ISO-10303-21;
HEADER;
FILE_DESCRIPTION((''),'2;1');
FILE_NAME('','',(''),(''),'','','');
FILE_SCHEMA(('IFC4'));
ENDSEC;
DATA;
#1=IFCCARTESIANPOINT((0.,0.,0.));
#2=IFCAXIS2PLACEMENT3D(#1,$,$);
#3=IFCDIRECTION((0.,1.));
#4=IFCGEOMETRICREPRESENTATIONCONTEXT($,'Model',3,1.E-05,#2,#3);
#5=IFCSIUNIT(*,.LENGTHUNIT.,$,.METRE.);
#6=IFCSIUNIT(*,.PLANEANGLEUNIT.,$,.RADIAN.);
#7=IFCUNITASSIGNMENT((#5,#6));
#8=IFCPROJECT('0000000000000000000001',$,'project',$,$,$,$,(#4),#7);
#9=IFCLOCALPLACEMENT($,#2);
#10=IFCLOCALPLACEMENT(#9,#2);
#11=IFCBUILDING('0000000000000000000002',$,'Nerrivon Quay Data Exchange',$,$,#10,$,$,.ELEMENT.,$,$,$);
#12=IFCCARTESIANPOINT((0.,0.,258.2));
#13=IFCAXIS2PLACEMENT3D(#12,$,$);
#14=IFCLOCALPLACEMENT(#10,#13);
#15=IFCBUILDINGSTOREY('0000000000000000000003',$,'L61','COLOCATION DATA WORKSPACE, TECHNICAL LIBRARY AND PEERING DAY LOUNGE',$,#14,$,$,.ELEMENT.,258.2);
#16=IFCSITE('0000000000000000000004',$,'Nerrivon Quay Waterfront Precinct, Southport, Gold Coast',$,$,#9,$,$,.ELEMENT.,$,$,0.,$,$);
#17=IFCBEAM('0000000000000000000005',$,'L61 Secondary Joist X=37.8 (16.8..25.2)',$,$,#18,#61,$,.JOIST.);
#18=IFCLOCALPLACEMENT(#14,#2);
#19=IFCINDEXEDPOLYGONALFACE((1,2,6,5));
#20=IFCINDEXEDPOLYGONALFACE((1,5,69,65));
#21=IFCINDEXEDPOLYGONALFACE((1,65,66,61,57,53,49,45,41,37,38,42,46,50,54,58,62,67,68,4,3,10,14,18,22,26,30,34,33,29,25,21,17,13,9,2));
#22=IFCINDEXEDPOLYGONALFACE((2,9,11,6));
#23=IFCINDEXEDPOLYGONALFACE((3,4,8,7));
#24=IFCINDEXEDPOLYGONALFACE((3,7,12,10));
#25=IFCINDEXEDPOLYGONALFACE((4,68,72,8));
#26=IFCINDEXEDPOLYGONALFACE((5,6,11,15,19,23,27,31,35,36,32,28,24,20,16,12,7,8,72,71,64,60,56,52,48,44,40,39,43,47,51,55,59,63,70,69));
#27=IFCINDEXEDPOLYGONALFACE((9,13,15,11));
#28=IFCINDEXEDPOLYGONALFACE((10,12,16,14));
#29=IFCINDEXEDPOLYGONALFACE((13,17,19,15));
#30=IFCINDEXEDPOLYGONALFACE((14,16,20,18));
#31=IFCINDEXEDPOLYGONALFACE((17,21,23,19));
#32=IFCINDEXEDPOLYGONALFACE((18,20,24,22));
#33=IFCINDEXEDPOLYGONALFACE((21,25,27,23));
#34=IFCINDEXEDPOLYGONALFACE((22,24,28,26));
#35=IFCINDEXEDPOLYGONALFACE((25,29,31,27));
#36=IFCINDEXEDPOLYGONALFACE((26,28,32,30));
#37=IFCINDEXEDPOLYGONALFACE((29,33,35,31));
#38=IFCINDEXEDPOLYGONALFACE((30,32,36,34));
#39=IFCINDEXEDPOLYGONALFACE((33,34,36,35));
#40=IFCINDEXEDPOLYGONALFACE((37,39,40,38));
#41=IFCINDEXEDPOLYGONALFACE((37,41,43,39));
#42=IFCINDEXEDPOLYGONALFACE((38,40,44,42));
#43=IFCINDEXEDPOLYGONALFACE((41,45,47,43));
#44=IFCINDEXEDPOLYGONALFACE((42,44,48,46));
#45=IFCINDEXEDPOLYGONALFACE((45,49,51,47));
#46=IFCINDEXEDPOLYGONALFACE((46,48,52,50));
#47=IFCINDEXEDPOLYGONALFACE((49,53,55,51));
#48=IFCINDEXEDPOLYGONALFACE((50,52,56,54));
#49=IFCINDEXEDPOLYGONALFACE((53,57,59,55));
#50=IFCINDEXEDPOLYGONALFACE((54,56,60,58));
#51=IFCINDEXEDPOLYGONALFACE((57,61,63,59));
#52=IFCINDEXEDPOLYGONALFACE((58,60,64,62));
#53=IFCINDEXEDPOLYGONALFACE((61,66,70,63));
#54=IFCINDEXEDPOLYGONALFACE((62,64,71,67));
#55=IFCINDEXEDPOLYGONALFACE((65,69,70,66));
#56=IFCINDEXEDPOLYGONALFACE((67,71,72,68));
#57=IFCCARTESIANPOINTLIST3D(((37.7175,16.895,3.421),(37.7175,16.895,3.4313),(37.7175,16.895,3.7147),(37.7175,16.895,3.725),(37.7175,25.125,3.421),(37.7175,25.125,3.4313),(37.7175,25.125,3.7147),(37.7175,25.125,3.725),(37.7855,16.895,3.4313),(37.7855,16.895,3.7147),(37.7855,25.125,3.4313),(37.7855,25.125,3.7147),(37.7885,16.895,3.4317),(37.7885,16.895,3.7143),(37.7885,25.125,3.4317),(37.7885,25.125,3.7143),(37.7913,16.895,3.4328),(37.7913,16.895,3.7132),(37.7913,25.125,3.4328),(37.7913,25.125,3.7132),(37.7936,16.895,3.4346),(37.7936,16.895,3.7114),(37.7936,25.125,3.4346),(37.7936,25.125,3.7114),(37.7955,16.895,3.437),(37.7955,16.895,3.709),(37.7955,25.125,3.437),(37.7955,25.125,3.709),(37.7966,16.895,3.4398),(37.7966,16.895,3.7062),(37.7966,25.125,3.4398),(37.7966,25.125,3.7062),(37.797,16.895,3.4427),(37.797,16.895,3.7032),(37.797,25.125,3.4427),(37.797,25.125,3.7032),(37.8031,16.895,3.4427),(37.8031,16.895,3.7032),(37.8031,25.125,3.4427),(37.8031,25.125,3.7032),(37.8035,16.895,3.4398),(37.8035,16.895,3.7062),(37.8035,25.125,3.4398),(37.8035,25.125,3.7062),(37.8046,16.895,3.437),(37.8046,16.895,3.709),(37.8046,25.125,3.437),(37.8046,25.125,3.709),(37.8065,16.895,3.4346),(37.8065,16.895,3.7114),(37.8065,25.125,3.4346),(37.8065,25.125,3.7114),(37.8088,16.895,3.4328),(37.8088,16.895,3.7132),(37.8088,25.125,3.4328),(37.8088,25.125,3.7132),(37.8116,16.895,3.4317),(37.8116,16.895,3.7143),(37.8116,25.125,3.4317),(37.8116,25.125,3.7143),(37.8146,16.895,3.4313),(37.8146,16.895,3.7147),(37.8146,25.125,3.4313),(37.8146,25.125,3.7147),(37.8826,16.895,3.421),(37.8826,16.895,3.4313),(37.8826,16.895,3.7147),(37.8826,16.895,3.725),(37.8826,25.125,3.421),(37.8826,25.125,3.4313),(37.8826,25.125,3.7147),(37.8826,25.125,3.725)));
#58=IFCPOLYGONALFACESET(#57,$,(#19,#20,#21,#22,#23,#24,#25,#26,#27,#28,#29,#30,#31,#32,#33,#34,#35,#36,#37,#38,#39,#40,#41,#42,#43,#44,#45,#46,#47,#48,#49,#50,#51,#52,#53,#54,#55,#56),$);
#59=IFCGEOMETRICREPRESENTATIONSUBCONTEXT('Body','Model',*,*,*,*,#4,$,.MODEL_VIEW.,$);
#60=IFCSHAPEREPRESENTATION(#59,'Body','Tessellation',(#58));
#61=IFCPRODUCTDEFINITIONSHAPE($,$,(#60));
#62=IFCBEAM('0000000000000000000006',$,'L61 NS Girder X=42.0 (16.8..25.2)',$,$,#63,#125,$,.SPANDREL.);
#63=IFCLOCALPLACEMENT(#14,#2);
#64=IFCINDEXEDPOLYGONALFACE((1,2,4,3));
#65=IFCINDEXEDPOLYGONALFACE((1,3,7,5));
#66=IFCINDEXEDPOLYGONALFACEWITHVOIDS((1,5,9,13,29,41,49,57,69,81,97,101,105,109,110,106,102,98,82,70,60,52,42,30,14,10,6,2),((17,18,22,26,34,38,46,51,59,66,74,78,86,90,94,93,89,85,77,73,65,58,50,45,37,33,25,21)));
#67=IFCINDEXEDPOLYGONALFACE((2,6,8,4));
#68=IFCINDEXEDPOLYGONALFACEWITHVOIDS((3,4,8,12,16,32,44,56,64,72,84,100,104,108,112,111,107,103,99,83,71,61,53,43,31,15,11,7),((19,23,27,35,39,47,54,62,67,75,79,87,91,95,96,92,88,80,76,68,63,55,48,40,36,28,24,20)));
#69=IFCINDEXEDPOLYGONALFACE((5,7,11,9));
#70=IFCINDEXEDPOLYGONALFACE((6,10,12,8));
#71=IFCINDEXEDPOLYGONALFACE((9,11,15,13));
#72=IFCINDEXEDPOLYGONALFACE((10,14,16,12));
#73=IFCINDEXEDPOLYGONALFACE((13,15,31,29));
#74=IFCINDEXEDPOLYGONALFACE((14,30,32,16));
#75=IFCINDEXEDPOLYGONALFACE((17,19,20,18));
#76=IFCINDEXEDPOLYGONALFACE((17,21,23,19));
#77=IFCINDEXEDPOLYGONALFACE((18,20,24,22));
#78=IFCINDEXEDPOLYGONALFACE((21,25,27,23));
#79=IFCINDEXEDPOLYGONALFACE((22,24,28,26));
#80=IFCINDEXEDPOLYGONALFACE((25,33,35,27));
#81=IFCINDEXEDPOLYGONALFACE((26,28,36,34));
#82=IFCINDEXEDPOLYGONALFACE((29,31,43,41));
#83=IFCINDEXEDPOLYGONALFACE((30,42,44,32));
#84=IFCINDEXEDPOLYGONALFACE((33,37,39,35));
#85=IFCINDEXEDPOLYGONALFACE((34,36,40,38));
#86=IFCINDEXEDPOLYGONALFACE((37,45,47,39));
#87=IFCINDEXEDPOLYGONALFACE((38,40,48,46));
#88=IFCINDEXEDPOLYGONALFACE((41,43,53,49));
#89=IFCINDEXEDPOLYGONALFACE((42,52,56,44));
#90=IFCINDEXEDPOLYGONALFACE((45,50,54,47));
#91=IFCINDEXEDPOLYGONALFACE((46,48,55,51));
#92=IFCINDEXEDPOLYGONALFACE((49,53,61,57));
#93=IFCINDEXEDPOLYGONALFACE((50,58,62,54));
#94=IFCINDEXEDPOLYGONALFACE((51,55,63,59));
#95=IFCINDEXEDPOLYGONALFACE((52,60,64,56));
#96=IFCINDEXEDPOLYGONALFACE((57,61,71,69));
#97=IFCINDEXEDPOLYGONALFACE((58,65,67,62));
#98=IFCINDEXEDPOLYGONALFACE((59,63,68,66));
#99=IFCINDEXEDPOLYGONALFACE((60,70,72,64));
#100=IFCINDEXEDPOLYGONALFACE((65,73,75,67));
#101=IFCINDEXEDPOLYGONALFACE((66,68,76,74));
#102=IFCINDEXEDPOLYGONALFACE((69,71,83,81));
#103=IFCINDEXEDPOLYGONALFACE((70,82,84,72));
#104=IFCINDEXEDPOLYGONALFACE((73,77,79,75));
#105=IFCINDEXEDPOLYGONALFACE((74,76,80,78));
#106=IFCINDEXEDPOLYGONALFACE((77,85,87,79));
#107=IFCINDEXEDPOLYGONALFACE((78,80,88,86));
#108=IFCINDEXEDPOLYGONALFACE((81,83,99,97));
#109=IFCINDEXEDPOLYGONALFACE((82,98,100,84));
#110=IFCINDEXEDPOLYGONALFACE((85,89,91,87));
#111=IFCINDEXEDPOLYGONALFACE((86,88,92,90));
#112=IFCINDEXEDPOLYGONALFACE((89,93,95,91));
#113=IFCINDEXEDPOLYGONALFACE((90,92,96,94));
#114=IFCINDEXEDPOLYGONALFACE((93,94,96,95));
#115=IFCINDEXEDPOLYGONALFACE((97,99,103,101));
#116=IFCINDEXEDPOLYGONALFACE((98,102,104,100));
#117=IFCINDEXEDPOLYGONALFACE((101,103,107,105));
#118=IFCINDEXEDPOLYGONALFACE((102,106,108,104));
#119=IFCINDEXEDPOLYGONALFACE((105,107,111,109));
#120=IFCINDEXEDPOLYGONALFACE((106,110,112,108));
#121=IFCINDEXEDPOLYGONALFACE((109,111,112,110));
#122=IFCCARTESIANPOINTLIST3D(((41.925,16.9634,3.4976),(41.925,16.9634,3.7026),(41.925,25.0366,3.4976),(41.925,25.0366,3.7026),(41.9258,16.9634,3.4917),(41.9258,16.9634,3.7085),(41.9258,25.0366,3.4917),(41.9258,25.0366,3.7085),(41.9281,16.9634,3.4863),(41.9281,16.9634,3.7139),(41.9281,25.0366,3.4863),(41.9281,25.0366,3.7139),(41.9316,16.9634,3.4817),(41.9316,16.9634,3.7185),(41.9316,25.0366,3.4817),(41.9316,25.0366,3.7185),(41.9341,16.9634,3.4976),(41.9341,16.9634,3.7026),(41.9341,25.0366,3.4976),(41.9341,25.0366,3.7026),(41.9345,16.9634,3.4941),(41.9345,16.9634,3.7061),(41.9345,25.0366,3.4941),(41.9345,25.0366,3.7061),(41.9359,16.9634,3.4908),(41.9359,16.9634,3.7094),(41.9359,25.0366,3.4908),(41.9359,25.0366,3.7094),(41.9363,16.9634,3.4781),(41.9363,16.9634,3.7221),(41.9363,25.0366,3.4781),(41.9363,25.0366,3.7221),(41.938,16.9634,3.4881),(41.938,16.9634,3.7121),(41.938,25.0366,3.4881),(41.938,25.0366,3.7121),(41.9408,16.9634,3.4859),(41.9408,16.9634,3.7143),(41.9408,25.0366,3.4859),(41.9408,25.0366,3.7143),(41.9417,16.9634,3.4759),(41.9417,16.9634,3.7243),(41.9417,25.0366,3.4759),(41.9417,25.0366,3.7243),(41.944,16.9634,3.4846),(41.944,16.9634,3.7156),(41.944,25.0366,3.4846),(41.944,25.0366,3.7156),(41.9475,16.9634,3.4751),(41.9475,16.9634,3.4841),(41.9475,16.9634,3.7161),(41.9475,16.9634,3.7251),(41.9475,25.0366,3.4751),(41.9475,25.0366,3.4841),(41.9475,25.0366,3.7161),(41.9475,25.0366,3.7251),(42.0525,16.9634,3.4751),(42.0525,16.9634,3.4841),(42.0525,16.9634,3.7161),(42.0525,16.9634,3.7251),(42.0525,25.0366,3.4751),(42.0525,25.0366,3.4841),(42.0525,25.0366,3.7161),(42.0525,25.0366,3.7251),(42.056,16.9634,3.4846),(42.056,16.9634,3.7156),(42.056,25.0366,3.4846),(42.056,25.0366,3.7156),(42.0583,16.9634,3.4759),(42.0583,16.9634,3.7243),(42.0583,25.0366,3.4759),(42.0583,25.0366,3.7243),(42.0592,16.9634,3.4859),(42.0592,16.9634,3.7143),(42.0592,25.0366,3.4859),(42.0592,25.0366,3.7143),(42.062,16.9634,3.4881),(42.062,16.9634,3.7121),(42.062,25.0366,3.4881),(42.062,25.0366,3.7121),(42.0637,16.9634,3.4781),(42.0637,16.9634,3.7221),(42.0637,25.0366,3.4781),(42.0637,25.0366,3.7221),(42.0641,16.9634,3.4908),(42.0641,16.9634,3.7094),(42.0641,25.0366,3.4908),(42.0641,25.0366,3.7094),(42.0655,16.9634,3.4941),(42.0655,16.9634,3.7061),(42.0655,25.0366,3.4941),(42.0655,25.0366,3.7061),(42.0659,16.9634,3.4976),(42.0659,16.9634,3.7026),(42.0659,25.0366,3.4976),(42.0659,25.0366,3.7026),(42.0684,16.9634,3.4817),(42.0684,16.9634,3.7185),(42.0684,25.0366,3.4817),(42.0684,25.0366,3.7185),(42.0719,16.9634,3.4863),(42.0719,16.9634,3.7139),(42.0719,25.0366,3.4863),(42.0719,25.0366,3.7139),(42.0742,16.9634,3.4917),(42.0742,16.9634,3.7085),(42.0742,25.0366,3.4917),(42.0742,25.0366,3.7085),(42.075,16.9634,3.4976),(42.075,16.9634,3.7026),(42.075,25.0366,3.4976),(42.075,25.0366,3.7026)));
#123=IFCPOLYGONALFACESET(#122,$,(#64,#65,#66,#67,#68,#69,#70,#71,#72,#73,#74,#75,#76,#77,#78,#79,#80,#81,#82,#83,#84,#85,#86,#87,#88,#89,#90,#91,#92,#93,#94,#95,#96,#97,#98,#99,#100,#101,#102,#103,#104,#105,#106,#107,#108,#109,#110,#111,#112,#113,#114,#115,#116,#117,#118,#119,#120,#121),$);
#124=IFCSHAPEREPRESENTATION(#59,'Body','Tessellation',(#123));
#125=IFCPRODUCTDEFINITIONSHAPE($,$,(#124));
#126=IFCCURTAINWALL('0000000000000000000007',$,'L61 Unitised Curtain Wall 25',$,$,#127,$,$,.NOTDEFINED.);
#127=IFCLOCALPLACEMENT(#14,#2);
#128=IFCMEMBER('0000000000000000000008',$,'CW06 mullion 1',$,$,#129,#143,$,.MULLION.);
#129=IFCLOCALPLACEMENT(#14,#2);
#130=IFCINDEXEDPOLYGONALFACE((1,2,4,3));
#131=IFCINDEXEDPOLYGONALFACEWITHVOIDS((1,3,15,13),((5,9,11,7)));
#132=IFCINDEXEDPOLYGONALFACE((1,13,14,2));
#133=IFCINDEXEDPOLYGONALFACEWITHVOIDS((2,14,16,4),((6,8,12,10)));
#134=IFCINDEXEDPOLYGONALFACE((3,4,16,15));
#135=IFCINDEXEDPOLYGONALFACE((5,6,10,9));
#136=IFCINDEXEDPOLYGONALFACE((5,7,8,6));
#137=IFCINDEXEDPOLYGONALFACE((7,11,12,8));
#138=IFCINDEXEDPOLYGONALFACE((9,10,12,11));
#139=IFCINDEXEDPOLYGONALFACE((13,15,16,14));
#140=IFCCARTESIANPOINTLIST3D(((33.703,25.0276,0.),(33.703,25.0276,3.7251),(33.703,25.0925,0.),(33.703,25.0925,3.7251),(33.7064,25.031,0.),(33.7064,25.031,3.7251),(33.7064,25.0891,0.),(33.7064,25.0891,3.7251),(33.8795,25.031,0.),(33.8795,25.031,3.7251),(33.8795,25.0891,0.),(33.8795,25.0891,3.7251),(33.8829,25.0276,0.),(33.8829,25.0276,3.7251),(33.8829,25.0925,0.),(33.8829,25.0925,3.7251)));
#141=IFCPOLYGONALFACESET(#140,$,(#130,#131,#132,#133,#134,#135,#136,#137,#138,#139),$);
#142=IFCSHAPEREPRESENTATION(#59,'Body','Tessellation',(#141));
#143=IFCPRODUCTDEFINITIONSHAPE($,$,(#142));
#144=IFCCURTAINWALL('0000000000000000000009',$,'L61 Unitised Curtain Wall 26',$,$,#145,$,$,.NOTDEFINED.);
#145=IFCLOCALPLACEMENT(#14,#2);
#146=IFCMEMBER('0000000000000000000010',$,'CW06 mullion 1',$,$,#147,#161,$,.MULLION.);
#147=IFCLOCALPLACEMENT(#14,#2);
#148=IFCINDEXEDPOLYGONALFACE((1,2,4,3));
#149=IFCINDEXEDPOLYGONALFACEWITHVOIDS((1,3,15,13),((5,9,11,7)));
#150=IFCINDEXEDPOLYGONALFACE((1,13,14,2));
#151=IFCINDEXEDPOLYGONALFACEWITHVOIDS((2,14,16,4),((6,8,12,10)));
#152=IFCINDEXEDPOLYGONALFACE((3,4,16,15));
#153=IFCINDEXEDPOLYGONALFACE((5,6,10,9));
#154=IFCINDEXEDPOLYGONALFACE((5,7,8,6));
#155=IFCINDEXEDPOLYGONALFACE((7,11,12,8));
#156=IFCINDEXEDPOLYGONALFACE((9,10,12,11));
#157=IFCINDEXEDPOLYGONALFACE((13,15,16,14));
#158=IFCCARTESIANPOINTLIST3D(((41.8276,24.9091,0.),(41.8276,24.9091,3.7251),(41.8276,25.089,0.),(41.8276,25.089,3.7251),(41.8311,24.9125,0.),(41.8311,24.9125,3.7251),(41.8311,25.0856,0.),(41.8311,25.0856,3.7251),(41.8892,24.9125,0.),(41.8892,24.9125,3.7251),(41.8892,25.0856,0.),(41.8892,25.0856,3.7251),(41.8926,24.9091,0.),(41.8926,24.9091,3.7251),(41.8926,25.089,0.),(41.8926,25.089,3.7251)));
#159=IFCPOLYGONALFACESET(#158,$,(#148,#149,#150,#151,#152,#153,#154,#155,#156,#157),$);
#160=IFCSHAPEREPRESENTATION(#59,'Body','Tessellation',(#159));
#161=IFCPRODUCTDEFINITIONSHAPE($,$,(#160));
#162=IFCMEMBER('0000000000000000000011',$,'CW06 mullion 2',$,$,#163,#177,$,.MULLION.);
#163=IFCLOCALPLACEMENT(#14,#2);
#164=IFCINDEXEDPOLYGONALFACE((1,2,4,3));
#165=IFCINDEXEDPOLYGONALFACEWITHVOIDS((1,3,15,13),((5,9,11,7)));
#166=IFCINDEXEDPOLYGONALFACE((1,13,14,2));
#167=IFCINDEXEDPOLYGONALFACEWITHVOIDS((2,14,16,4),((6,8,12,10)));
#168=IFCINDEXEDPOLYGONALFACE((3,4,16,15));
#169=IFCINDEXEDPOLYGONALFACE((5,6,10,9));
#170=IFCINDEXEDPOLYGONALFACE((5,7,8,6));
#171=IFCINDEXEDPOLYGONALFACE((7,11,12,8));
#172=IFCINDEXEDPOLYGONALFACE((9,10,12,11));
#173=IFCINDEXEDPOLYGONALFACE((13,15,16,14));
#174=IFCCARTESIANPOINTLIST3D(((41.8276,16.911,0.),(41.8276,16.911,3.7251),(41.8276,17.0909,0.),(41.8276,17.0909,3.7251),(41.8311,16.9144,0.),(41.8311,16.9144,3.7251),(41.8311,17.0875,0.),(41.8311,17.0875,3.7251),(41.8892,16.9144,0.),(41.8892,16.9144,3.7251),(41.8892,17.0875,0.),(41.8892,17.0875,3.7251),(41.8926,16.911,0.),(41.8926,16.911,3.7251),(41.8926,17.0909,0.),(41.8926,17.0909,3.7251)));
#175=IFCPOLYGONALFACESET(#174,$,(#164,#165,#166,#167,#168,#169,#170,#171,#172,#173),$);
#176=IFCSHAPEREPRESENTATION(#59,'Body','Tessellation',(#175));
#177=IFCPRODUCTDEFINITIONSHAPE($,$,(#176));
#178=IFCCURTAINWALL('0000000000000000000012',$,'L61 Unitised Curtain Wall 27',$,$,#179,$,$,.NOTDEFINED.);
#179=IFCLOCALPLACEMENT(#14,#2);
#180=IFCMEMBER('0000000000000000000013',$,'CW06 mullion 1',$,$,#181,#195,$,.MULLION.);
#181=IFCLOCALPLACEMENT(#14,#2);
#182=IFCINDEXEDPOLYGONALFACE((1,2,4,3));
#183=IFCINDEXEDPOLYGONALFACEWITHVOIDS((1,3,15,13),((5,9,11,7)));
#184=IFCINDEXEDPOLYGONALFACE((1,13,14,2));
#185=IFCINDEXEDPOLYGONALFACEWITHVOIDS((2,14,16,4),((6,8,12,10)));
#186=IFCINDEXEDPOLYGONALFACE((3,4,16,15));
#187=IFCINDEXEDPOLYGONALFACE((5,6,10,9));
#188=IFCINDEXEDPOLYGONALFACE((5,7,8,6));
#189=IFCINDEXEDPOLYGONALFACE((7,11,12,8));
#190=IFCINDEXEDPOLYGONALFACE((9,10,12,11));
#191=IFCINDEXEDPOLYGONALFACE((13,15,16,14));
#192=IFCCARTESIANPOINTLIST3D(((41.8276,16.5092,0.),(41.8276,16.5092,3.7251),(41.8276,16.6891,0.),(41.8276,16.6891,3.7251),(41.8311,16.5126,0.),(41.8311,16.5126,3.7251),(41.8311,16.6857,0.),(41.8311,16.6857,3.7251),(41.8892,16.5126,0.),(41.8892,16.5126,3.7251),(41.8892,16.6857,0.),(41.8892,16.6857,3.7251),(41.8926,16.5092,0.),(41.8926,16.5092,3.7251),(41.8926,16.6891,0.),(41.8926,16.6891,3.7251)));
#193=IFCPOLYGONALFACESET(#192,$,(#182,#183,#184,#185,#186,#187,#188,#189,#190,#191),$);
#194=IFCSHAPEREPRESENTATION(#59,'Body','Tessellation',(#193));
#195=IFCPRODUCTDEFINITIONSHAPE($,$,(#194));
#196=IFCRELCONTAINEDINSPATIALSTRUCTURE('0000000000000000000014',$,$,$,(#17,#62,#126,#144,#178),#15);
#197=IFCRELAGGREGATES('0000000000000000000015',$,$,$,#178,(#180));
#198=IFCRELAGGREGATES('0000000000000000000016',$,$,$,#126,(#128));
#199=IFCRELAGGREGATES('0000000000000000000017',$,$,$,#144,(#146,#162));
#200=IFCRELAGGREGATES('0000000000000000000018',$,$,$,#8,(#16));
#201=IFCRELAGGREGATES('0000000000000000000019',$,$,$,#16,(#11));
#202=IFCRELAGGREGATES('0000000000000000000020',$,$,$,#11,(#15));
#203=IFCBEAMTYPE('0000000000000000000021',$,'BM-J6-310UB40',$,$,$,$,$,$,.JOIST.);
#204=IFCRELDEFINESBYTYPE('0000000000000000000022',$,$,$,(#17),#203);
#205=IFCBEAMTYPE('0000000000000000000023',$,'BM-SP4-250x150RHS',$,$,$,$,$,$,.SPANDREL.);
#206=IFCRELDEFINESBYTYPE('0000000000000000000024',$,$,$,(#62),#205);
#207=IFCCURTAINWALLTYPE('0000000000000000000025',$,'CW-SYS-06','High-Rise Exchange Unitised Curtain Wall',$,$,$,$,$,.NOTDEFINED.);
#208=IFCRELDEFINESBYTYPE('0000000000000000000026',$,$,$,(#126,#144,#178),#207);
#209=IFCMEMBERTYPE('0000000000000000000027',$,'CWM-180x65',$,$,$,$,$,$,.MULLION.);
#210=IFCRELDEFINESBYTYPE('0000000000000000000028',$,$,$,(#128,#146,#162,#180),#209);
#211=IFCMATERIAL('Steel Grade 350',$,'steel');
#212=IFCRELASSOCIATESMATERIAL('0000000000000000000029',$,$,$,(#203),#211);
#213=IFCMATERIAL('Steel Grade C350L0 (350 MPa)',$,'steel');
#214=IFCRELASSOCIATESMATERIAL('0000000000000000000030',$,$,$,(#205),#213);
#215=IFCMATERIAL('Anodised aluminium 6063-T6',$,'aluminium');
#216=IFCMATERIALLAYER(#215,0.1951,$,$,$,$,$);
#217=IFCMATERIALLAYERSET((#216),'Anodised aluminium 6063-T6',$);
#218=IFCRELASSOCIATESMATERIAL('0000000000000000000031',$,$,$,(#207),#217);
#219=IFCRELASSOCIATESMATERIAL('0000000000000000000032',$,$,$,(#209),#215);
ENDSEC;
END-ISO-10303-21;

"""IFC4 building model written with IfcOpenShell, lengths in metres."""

from ifc_helpers import new_model, si_unit, direction, frame, origin, origin_2d, place, context, subcontext, project, spatial, hollow_rectangle, i_section, extrude, material, layer, layer_set, material_profile, profile_set, type_object, element, aggregate, save


model = new_model("IFC4")

# Units and contexts
model_context = context("Model", 3, precision=1e-05, world=origin(), true_north=direction((0.0, 1.0)))
body_context = subcontext(model_context, "Body", "Model", "MODEL_VIEW")
ifc_project = project(units=[si_unit("LENGTHUNIT", "METRE"), si_unit("PLANEANGLEUNIT", "RADIAN")], contexts=[model_context])

# Site, building, storey
site_placement = place(None, origin())
site = spatial("IfcSite", under=ifc_project, at=site_placement, Name="Nerrivon Quay Waterfront Precinct, Southport, Gold Coast", CompositionType="ELEMENT", RefElevation=0.0)
building_placement = place(site_placement, origin())
building = spatial("IfcBuilding", under=site, at=building_placement, Name="Nerrivon Quay Data Exchange", CompositionType="ELEMENT")
storey_placement = place(building_placement, frame((0.0, 0.0, 258.2)))
storey = spatial("IfcBuildingStorey", under=building, at=storey_placement, Name="L61", Description="COLOCATION DATA WORKSPACE, TECHNICAL LIBRARY AND PEERING DAY LOUNGE", CompositionType="ELEMENT", Elevation=258.2)

# Shared definitions
ifc_material_1 = material(Name="Steel Grade 350", Category="steel")

# Beams
ifc_material_profile_1 = material_profile(ifc_material_1, i_section(OverallWidth=0.165, OverallDepth=0.304, WebThickness=0.0061, FlangeThickness=0.0103, FilletRadius=0.0115, at=origin_2d()), Name="310UB40.4")
ifc_profile_set_1 = profile_set([ifc_material_profile_1], Name="Steel Grade 350")
beam_type_1 = type_object("IfcBeamType", Name="BM-J6-310UB40", PredefinedType="JOIST", material=ifc_profile_set_1)
beam_1_placement = place(storey_placement, frame((37.8, 16.895, 3.573), z_axis=(0.0, 1.0, 0.0), x_axis=(-1.0, 0.0, 0.0)))
element("IfcBeam", 1, at=beam_1_placement, inside=storey, type_object=beam_type_1, Name="L61 Secondary Joist X=37.8 (16.8..25.2)", PredefinedType="JOIST", context=body_context, shape_type="SweptSolid", body=[
    extrude(i_section(OverallWidth=0.165, OverallDepth=0.304, WebThickness=0.0061, FlangeThickness=0.0103, FilletRadius=0.0115, at=origin_2d()), origin(), (0.0, 0.0, 1.0), 8.23),
])
ifc_material_2 = material(Name="Steel Grade C350L0 (350 MPa)", Category="steel")
ifc_material_profile_2 = material_profile(ifc_material_2, hollow_rectangle(XDim=0.1499, YDim=0.25, WallThickness=0.009, InnerFilletRadius=0.0134, OuterFilletRadius=0.0225, at=origin_2d()), Name="250x150x9.0RHS")
ifc_profile_set_2 = profile_set([ifc_material_profile_2], Name="Steel Grade C350L0 (350 MPa)")
beam_type_2 = type_object("IfcBeamType", Name="BM-SP4-250x150RHS", PredefinedType="SPANDREL", material=ifc_profile_set_2)
beam_2_placement = place(storey_placement, frame((42.0, 16.9634, 3.6001), z_axis=(0.0, 1.0, 0.0), x_axis=(-1.0, 0.0, 0.0)))
element("IfcBeam", 2, at=beam_2_placement, inside=storey, type_object=beam_type_2, Name="L61 NS Girder X=42.0 (16.8..25.2)", PredefinedType="SPANDREL", context=body_context, shape_type="SweptSolid", body=[
    extrude(hollow_rectangle(XDim=0.1499, YDim=0.25, WallThickness=0.009, InnerFilletRadius=0.0134, OuterFilletRadius=0.0225, at=origin_2d()), origin(), (0.0, 0.0, 1.0), 8.0732),
])

# Curtain wall, member
ifc_material_3 = material(Name="Anodised aluminium 6063-T6", Category="aluminium")
ifc_layer_1 = layer(ifc_material_3, 0.1951)
ifc_layer_set_1 = layer_set([ifc_layer_1], Name="Anodised aluminium 6063-T6")
curtain_wall_type = type_object("IfcCurtainWallType", Name="CW-SYS-06", Description="High-Rise Exchange Unitised Curtain Wall", PredefinedType="NOTDEFINED", material=ifc_layer_set_1)
curtain_wall_1_placement = place(storey_placement, origin())
curtain_wall_1 = element("IfcCurtainWall", 3, at=curtain_wall_1_placement, inside=storey, type_object=curtain_wall_type, Name="L61 Unitised Curtain Wall 25", PredefinedType="NOTDEFINED")
ifc_material_profile_3 = material_profile(ifc_material_3, hollow_rectangle(XDim=0.0649, YDim=0.1799, WallThickness=0.0034, at=origin_2d()), Name="ALU-MULL-180x65")
ifc_profile_set_3 = profile_set([ifc_material_profile_3], Name="Anodised aluminium 6063-T6")
member_type_1 = type_object("IfcMemberType", Name="CWM-180x65", PredefinedType="MULLION", material=ifc_profile_set_3)
member_1_placement = place(storey_placement, frame((33.793, 25.0601, 0.0), z_axis=(0.0, 0.0, 1.0), x_axis=(0.0, 1.0, 0.0)))
member_1 = element("IfcMember", 4, at=member_1_placement, type_object=member_type_1, Name="CW06 mullion 1", PredefinedType="MULLION", context=body_context, shape_type="SweptSolid", body=[
    extrude(hollow_rectangle(XDim=0.0649, YDim=0.1799, WallThickness=0.0034, at=origin_2d()), origin(), (0.0, 0.0, 1.0), 3.7251),
])

# Curtain wall, members
curtain_wall_2_placement = place(storey_placement, origin())
curtain_wall_2 = element("IfcCurtainWall", 5, at=curtain_wall_2_placement, inside=storey, type_object=curtain_wall_type, Name="L61 Unitised Curtain Wall 26", PredefinedType="NOTDEFINED")
member_2_placement = place(storey_placement, frame((41.8601, 24.999, 0.0), z_axis=(0.0, 0.0, 1.0), x_axis=(1.0, 0.0, 0.0)))
member_2 = element("IfcMember", 6, at=member_2_placement, type_object=member_type_1, Name="CW06 mullion 1", PredefinedType="MULLION", context=body_context, shape_type="SweptSolid", body=[
    extrude(hollow_rectangle(XDim=0.0649, YDim=0.1799, WallThickness=0.0034, at=origin_2d()), origin(), (0.0, 0.0, 1.0), 3.7251),
])
member_3_placement = place(storey_placement, frame((41.8601, 17.001, 0.0), z_axis=(0.0, 0.0, 1.0), x_axis=(1.0, 0.0, 0.0)))
member_3 = element("IfcMember", 7, at=member_3_placement, type_object=member_type_1, Name="CW06 mullion 2", PredefinedType="MULLION", context=body_context, shape_type="SweptSolid", body=[
    extrude(hollow_rectangle(XDim=0.0649, YDim=0.1799, WallThickness=0.0034, at=origin_2d()), origin(), (0.0, 0.0, 1.0), 3.7251),
])

# Curtain wall, member
curtain_wall_3_placement = place(storey_placement, origin())
curtain_wall_3 = element("IfcCurtainWall", 8, at=curtain_wall_3_placement, inside=storey, type_object=curtain_wall_type, Name="L61 Unitised Curtain Wall 27", PredefinedType="NOTDEFINED")
member_4_placement = place(storey_placement, frame((41.8601, 16.5991, 0.0), z_axis=(0.0, 0.0, 1.0), x_axis=(1.0, 0.0, 0.0)))
member_4 = element("IfcMember", 9, at=member_4_placement, type_object=member_type_1, Name="CW06 mullion 1", PredefinedType="MULLION", context=body_context, shape_type="SweptSolid", body=[
    extrude(hollow_rectangle(XDim=0.0649, YDim=0.1799, WallThickness=0.0034, at=origin_2d()), origin(), (0.0, 0.0, 1.0), 3.7251),
])

aggregate(curtain_wall_3, [member_4])

aggregate(curtain_wall_1, [member_1])
aggregate(curtain_wall_2, [member_2, member_3])

save(model, "model.ifc")
